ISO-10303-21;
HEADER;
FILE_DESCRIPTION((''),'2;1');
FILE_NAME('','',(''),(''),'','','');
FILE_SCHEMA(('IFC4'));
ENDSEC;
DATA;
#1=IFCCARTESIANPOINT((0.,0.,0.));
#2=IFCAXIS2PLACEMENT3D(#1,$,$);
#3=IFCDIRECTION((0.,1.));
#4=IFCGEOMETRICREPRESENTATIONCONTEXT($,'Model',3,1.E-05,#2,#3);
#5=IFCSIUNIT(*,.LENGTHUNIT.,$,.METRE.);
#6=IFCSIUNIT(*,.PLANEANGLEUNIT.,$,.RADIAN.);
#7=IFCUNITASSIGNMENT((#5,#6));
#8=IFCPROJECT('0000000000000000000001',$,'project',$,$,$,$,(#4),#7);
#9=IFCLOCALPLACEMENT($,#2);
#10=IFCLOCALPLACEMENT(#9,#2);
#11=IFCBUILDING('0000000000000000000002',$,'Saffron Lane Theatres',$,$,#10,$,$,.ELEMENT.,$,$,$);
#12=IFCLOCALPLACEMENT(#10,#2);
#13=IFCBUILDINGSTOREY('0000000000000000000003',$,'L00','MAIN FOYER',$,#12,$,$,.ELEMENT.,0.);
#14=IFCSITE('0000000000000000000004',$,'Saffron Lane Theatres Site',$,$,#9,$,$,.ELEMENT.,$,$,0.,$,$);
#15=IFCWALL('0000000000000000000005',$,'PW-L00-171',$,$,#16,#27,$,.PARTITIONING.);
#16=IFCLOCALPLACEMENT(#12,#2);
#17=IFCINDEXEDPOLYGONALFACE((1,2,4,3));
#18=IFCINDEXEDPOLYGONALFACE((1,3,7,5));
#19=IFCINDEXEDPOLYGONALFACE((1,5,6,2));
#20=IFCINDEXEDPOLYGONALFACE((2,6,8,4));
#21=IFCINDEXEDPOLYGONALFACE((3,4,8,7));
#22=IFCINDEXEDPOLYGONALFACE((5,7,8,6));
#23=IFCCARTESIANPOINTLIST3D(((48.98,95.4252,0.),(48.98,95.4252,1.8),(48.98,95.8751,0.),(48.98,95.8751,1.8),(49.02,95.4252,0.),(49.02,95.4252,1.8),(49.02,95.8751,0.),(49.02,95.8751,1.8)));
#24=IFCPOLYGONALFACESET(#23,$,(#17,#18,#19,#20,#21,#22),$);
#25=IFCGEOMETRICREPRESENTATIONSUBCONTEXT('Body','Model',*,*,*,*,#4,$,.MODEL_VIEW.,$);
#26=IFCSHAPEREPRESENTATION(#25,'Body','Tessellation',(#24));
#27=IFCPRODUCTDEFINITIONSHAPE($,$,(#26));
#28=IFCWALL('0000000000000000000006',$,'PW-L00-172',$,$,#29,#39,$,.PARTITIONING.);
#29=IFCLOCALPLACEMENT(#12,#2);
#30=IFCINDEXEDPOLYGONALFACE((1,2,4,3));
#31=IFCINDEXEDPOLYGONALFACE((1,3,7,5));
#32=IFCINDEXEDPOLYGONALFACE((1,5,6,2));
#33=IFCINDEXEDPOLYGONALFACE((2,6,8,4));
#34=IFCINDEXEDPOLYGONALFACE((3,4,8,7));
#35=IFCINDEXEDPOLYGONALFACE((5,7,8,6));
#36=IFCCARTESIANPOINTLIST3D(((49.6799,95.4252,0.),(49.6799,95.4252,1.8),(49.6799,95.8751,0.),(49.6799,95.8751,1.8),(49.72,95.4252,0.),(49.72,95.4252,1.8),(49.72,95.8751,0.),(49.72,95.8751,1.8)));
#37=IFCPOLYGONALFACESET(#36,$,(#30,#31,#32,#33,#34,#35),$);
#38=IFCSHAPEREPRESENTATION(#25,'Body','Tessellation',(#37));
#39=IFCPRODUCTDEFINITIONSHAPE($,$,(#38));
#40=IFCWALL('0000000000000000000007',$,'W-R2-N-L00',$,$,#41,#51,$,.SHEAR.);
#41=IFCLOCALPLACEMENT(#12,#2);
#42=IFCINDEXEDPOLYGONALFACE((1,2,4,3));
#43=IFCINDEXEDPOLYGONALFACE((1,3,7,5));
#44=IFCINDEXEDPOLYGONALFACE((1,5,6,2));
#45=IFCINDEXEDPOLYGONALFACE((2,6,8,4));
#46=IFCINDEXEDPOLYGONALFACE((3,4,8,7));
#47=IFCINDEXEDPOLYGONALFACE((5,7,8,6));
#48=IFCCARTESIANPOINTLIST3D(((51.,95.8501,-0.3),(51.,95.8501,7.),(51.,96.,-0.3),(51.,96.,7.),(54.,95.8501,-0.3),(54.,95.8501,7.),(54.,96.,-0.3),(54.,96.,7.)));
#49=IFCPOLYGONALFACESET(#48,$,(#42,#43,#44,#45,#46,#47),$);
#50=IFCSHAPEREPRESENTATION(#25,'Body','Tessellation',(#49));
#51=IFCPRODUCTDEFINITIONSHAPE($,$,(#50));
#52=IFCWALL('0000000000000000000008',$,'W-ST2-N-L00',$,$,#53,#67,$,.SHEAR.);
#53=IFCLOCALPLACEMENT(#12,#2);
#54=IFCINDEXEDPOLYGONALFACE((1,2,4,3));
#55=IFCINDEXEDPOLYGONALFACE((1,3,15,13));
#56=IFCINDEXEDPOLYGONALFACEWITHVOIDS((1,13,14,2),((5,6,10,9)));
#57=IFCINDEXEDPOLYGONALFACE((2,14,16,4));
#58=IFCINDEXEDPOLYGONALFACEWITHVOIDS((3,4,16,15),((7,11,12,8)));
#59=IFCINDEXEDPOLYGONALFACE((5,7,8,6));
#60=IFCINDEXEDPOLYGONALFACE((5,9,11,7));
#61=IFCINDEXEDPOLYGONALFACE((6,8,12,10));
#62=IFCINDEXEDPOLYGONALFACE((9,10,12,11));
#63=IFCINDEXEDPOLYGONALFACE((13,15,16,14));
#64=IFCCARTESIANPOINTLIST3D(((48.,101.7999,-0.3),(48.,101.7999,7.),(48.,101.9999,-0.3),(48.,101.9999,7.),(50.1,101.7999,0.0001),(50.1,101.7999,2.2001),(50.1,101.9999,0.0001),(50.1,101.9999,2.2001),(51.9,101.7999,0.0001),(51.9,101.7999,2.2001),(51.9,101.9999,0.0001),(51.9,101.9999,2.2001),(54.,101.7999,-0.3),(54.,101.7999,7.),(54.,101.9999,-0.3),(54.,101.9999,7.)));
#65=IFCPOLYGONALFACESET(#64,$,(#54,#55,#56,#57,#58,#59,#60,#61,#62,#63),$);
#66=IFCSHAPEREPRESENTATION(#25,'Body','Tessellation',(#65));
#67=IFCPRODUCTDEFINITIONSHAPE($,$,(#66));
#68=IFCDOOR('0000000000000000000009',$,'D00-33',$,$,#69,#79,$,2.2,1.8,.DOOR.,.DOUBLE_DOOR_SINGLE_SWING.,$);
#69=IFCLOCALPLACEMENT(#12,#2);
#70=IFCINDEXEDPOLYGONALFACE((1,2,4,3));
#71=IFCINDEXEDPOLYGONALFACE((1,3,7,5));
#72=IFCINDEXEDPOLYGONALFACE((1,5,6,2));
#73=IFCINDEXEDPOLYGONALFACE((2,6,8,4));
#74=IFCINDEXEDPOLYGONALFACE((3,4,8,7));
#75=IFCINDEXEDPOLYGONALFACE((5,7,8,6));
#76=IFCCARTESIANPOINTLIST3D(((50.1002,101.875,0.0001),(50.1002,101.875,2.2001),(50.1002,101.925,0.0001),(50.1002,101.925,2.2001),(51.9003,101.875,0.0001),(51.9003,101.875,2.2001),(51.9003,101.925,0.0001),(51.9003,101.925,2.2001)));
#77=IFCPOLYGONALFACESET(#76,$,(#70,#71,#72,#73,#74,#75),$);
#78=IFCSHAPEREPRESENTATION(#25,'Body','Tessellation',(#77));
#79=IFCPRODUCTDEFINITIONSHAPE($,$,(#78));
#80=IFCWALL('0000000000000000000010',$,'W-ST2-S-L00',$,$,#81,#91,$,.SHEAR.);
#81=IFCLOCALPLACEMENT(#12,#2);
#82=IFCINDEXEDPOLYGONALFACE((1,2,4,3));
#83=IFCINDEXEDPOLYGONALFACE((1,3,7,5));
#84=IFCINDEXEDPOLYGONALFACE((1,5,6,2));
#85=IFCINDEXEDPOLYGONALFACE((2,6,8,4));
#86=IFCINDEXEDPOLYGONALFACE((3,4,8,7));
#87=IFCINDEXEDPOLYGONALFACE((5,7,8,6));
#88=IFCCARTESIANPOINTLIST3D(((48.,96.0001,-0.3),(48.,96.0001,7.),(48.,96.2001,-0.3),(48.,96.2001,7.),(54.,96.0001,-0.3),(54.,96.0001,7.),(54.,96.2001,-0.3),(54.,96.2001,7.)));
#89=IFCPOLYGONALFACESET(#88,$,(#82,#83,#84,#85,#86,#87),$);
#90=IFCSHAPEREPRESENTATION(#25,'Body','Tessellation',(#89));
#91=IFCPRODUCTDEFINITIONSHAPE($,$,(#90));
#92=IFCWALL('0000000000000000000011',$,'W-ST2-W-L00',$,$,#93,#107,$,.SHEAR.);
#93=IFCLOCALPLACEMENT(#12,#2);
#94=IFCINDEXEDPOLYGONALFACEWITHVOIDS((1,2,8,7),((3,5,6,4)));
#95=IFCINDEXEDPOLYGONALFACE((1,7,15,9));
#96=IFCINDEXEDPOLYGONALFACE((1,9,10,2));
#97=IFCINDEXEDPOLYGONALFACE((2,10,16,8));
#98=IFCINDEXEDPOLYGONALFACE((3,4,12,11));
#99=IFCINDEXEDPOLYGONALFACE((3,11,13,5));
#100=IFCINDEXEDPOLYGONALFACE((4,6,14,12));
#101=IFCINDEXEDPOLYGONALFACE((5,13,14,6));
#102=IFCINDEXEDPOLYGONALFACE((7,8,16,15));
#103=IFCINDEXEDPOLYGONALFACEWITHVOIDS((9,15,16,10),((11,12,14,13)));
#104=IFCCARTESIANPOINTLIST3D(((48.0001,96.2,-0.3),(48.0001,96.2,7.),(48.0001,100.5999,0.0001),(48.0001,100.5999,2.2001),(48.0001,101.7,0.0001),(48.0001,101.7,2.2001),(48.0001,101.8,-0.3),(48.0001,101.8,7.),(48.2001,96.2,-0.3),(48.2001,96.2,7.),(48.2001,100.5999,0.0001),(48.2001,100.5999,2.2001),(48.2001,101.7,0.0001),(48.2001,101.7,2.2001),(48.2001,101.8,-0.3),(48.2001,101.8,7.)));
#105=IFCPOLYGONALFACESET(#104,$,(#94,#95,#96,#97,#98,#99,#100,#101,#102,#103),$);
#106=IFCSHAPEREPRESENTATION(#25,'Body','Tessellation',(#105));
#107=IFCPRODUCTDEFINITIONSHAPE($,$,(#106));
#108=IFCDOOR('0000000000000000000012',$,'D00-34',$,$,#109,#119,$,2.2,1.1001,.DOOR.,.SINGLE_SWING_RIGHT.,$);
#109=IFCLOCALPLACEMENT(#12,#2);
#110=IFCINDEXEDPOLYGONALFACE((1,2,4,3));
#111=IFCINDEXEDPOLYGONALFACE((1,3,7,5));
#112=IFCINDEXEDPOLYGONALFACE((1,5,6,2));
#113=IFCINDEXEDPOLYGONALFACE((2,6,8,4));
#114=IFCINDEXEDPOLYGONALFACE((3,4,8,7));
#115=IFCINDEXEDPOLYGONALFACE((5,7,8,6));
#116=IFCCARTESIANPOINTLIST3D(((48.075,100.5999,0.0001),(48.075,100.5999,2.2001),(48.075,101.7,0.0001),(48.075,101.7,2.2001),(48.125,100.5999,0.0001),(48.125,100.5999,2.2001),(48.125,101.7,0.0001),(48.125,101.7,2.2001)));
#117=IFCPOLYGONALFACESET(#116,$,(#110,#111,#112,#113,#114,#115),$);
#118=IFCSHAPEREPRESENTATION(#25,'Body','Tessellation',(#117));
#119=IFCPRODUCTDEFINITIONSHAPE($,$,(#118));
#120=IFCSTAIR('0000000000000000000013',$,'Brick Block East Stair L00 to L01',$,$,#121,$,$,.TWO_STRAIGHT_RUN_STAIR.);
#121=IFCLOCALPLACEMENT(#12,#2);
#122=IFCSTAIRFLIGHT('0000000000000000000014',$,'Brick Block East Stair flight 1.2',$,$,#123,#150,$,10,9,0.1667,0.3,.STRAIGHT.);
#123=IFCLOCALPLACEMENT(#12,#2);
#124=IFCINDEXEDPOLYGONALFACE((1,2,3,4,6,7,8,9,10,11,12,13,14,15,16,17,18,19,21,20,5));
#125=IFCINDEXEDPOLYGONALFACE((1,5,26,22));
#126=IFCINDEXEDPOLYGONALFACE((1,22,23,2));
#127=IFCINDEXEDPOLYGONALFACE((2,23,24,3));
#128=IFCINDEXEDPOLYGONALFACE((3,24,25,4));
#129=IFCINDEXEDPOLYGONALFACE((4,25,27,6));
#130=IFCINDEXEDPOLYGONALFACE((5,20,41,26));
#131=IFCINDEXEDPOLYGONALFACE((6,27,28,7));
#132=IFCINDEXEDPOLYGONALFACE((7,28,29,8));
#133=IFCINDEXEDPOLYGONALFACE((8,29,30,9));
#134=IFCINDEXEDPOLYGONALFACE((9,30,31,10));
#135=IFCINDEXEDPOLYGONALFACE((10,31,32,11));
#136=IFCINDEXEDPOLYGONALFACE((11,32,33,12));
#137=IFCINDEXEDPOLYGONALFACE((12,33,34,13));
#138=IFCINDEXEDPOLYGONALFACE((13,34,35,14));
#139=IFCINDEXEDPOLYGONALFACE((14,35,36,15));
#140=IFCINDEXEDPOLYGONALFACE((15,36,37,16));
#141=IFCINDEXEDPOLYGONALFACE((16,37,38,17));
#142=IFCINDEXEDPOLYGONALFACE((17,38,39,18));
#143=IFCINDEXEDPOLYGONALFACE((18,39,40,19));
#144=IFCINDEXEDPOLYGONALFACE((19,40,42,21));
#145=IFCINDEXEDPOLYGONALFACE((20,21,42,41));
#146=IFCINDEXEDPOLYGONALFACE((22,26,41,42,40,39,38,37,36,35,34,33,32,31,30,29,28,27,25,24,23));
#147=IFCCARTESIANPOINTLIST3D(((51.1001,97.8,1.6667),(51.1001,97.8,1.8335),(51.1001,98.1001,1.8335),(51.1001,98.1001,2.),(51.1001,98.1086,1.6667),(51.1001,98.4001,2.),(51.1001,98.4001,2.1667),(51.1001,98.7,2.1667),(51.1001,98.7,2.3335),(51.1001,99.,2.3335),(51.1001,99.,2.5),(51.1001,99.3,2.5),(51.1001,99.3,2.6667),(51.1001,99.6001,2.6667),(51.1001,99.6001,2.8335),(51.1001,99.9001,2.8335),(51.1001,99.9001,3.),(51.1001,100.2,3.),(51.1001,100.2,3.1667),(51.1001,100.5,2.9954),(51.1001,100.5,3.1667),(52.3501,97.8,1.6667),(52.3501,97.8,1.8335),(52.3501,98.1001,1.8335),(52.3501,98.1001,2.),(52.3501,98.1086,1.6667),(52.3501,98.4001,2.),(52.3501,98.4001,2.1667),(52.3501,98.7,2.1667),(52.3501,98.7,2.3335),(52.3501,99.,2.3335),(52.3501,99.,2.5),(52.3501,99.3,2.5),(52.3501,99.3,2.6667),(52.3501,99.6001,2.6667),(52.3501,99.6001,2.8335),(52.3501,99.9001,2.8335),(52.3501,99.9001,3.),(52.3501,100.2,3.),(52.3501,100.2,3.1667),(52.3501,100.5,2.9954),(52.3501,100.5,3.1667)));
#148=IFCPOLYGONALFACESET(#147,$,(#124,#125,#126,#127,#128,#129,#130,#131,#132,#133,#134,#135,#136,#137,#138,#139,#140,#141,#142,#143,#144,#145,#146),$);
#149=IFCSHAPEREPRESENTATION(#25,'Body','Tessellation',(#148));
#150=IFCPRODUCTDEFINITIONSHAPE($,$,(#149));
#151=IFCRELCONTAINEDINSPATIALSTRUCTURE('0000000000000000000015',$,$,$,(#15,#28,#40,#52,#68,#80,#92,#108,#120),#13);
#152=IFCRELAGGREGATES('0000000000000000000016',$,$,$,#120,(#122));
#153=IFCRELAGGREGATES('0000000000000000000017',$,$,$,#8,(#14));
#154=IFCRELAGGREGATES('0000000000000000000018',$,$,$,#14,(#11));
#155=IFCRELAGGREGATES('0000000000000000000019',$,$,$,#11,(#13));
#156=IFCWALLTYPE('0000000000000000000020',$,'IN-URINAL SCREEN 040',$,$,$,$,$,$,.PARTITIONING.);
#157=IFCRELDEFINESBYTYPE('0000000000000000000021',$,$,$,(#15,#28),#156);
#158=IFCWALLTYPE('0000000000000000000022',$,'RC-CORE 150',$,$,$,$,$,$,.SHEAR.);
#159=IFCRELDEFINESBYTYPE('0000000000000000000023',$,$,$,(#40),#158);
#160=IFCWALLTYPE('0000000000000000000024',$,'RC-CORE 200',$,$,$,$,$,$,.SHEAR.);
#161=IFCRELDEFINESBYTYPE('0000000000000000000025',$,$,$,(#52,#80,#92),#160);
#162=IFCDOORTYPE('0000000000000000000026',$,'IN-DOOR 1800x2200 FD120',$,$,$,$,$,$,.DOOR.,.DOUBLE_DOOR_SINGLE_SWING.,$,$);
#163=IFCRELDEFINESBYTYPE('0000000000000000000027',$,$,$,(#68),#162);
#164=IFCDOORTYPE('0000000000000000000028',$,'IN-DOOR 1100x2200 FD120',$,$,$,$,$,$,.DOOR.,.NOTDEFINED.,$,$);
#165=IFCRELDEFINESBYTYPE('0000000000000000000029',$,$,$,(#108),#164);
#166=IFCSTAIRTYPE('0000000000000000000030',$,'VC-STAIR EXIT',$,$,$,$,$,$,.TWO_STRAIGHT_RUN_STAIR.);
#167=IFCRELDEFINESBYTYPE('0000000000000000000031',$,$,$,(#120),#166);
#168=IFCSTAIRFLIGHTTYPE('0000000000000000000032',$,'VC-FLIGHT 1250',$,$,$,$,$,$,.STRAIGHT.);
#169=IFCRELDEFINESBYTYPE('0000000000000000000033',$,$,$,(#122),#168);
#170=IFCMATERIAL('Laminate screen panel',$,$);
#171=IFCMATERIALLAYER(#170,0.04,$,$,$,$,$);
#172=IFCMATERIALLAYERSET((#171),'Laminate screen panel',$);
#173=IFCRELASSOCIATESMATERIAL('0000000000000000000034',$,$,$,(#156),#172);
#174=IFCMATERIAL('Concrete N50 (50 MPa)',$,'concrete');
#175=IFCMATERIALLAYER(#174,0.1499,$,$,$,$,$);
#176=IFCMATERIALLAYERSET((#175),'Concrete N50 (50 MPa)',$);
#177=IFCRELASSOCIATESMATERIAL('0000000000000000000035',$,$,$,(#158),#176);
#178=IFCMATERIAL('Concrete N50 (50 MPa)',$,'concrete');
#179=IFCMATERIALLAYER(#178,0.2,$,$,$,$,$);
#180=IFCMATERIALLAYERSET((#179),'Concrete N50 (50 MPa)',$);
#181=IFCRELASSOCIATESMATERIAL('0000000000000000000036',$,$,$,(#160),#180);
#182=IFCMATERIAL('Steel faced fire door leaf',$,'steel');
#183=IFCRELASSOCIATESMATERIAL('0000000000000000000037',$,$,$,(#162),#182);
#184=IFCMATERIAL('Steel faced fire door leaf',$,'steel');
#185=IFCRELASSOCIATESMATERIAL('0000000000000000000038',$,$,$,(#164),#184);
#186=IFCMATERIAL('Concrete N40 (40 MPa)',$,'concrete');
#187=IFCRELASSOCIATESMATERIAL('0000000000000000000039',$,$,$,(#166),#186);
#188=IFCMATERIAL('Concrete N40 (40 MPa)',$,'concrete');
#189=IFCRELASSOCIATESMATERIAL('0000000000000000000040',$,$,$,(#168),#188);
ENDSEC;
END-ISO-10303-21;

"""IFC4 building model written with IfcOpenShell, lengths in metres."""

from ifc_helpers import new_model, si_unit, direction, frame, frame_2d, origin, place, context, subcontext, project, spatial, polyline, rectangle, outline, extrude, material, layer, layer_set, type_object, element, fill, aggregate, save


model = new_model("IFC4")

# Units and contexts
model_context = context("Model", 3, precision=1e-05, world=origin(), true_north=direction((0.0, 1.0)))
body_context = subcontext(model_context, "Body", "Model", "MODEL_VIEW")
ifc_project = project(units=[si_unit("LENGTHUNIT", "METRE"), si_unit("PLANEANGLEUNIT", "RADIAN")], contexts=[model_context])

# Site, building, storey
site_placement = place(None, origin())
site = spatial("IfcSite", under=ifc_project, at=site_placement, Name="Saffron Lane Theatres Site", CompositionType="ELEMENT", RefElevation=0.0)
building_placement = place(site_placement, origin())
building = spatial("IfcBuilding", under=site, at=building_placement, Name="Saffron Lane Theatres", CompositionType="ELEMENT")
storey_placement = place(building_placement, origin())
storey = spatial("IfcBuildingStorey", under=building, at=storey_placement, Name="L00", Description="MAIN FOYER", CompositionType="ELEMENT", Elevation=0.0)

# Walls
ifc_material_1 = material(Name="Laminate screen panel")
ifc_layer_1 = layer(ifc_material_1, 0.04)
ifc_layer_set_1 = layer_set([ifc_layer_1], Name="Laminate screen panel")
wall_type_1 = type_object("IfcWallType", Name="IN-URINAL SCREEN 040", PredefinedType="PARTITIONING", material=ifc_layer_set_1)
for number, where, z_axis, x_axis, name in (
    (1, (49.0, 95.425, 0.0), (0.0, 0.0, 1.0), (0.0, 1.0, 0.0), "PW-L00-171"),
    (2, (49.7, 95.425, 0.0), (0.0, 0.0, 1.0), (0.0, 1.0, 0.0), "PW-L00-172"),
):
    element("IfcWall", number, at=place(storey_placement, frame(where, z_axis=z_axis, x_axis=x_axis)), inside=storey, type_object=wall_type_1, Name=name, PredefinedType="PARTITIONING", context=body_context, shape_type="SweptSolid", body=[
        extrude(rectangle(XDim=0.45, YDim=0.04, at=frame_2d((0.2251, 0.0))), origin(), (0.0, 0.0, 1.0), 1.8),
    ])
ifc_material_2 = material(Name="Concrete N50 (50 MPa)", Category="concrete")
ifc_layer_2 = layer(ifc_material_2, 0.1499)
ifc_layer_set_2 = layer_set([ifc_layer_2], Name="Concrete N50 (50 MPa)")
wall_type_2 = type_object("IfcWallType", Name="RC-CORE 150", PredefinedType="SHEAR", material=ifc_layer_set_2)
wall_1_placement = place(storey_placement, frame((51.0, 95.925, -0.3), z_axis=(0.0, 0.0, 1.0), x_axis=(1.0, 0.0, 0.0)))
element("IfcWall", 3, at=wall_1_placement, inside=storey, type_object=wall_type_2, Name="W-R2-N-L00", PredefinedType="SHEAR", context=body_context, shape_type="SweptSolid", body=[
    extrude(rectangle(XDim=3.0, YDim=0.1499, at=frame_2d((1.5, 0.0))), origin(), (0.0, 0.0, 1.0), 7.3),
])

# Wall, opening, door
ifc_material_3 = material(Name="Concrete N50 (50 MPa)", Category="concrete")
ifc_layer_3 = layer(ifc_material_3, 0.2)
ifc_layer_set_3 = layer_set([ifc_layer_3], Name="Concrete N50 (50 MPa)")
wall_type_3 = type_object("IfcWallType", Name="RC-CORE 200", PredefinedType="SHEAR", material=ifc_layer_set_3)
wall_2_placement = place(storey_placement, frame((48.0, 101.8999, -0.3), z_axis=(0.0, 0.0, 1.0), x_axis=(1.0, 0.0, 0.0)))
wall_2 = element("IfcWall", 4, at=wall_2_placement, inside=storey, type_object=wall_type_3, Name="W-ST2-N-L00", PredefinedType="SHEAR", context=body_context, shape_type="SweptSolid", body=[
    extrude(rectangle(XDim=6.0, YDim=0.2, at=frame_2d((3.0, 0.0))), origin(), (0.0, 0.0, 1.0), 7.3),
])
opening_1_placement = place(wall_2_placement, frame((2.1001, 0.0, 0.3)))
opening_1 = element("IfcOpeningElement", 5, at=opening_1_placement, cuts=wall_2, PredefinedType="OPENING", context=body_context, shape_type="SweptSolid", body=[
    extrude(rectangle(XDim=1.8, YDim=2.2, at=frame_2d((0.8999, 1.1001))), frame((0.0, 0.1099, 0.0), z_axis=(0.0, -1.0, 0.0), x_axis=(1.0, 0.0, 0.0)), (0.0, 0.0, 1.0), 0.22),
])
ifc_material_4 = material(Name="Steel faced fire door leaf", Category="steel")
door_type_1 = type_object("IfcDoorType", Name="IN-DOOR 1800x2200 FD120", OperationType="DOUBLE_DOOR_SINGLE_SWING", PredefinedType="DOOR", material=ifc_material_4)
door_1_placement = place(opening_1_placement, frame((1.8, 0.0, 0.0), z_axis=(0.0, 0.0, 1.0), x_axis=(-1.0, 0.0, 0.0)))
door_1 = element("IfcDoor", 6, at=door_1_placement, inside=storey, type_object=door_type_1, Name="D00-33", OperationType="DOUBLE_DOOR_SINGLE_SWING", OverallHeight=2.2, OverallWidth=1.8, PredefinedType="DOOR", context=body_context, shape_type="SweptSolid", body=[
    extrude(rectangle(XDim=1.8, YDim=2.2, at=frame_2d((0.8999, 1.1001))), frame((0.0, 0.0249, 0.0), z_axis=(0.0, -1.0, 0.0), x_axis=(1.0, 0.0, 0.0)), (0.0, 0.0, 1.0), 0.05),
])
fill(opening_1, door_1)

# Wall
wall_3_placement = place(storey_placement, frame((48.0, 96.1001, -0.3), z_axis=(0.0, 0.0, 1.0), x_axis=(1.0, 0.0, 0.0)))
element("IfcWall", 7, at=wall_3_placement, inside=storey, type_object=wall_type_3, Name="W-ST2-S-L00", PredefinedType="SHEAR", context=body_context, shape_type="SweptSolid", body=[
    extrude(rectangle(XDim=6.0, YDim=0.2, at=frame_2d((3.0, 0.0))), origin(), (0.0, 0.0, 1.0), 7.3),
])

# Wall, opening, door
wall_4_placement = place(storey_placement, frame((48.1001, 96.2, -0.3), z_axis=(0.0, 0.0, 1.0), x_axis=(0.0, 1.0, 0.0)))
wall_4 = element("IfcWall", 8, at=wall_4_placement, inside=storey, type_object=wall_type_3, Name="W-ST2-W-L00", PredefinedType="SHEAR", context=body_context, shape_type="SweptSolid", body=[
    extrude(rectangle(XDim=5.6001, YDim=0.2, at=frame_2d((2.8, 0.0))), origin(), (0.0, 0.0, 1.0), 7.3),
])
opening_2_placement = place(wall_4_placement, frame((4.3999, 0.0, 0.3)))
opening_2 = element("IfcOpeningElement", 9, at=opening_2_placement, cuts=wall_4, PredefinedType="OPENING", context=body_context, shape_type="SweptSolid", body=[
    extrude(rectangle(XDim=1.1001, YDim=2.2, at=frame_2d((0.55, 1.1001))), frame((0.0, 0.1099, 0.0), z_axis=(0.0, -1.0, 0.0), x_axis=(1.0, 0.0, 0.0)), (0.0, 0.0, 1.0), 0.22),
])
ifc_material_5 = material(Name="Steel faced fire door leaf", Category="steel")
door_type_2 = type_object("IfcDoorType", Name="IN-DOOR 1100x2200 FD120", OperationType="NOTDEFINED", PredefinedType="DOOR", material=ifc_material_5)
door_2_placement = place(opening_2_placement, frame((1.1001, 0.0, 0.0), z_axis=(0.0, 0.0, 1.0), x_axis=(-1.0, 0.0, 0.0)))
door_2 = element("IfcDoor", 10, at=door_2_placement, inside=storey, type_object=door_type_2, Name="D00-34", OperationType="SINGLE_SWING_RIGHT", OverallHeight=2.2, OverallWidth=1.1001, PredefinedType="DOOR", context=body_context, shape_type="SweptSolid", body=[
    extrude(rectangle(XDim=1.1001, YDim=2.2, at=frame_2d((0.55, 1.1001))), frame((0.0, 0.0249, 0.0), z_axis=(0.0, -1.0, 0.0), x_axis=(1.0, 0.0, 0.0)), (0.0, 0.0, 1.0), 0.05),
])
fill(opening_2, door_2)

# Stair, stair flight
ifc_material_6 = material(Name="Concrete N40 (40 MPa)", Category="concrete")
stair_type = type_object("IfcStairType", Name="VC-STAIR EXIT", PredefinedType="TWO_STRAIGHT_RUN_STAIR", material=ifc_material_6)
stair_placement = place(storey_placement, origin())
stair = element("IfcStair", 11, at=stair_placement, inside=storey, type_object=stair_type, Name="Brick Block East Stair L00 to L01", PredefinedType="TWO_STRAIGHT_RUN_STAIR")
ifc_material_7 = material(Name="Concrete N40 (40 MPa)", Category="concrete")
stair_flight_type = type_object("IfcStairFlightType", Name="VC-FLIGHT 1250", PredefinedType="STRAIGHT", material=ifc_material_7)
stair_flight_1_placement = place(storey_placement, frame((51.7251, 97.8, 1.6667), z_axis=(0.0, 0.0, 1.0), x_axis=(0.0, 1.0, 0.0)))
stair_flight_1 = element("IfcStairFlight", 12, at=stair_flight_1_placement, type_object=stair_flight_type, Name="Brick Block East Stair flight 1.2", NumberOfRisers=10, NumberOfTreads=9, PredefinedType="STRAIGHT", RiserHeight=0.1667, TreadLength=0.3, context=body_context, shape_type="SweptSolid", body=[
    extrude(outline(polyline([(0.0, 0.0), (0.0, 0.1667), (0.3, 0.1667), (0.3, 0.3333), (0.6001, 0.3333), (0.6001, 0.5), (0.8999, 0.5), (0.8999, 0.6667), (1.2, 0.6667), (1.2, 0.8333), (1.5, 0.8333), (1.5, 1.0), (1.8, 1.0), (1.8, 1.1667), (2.1001, 1.1667), (2.1001, 1.3333), (2.3999, 1.3333), (2.3999, 1.5), (2.7, 1.5), (2.7, 1.6667), (2.7, 1.3286), (0.3086, 0.0), (0.0, 0.0)])), frame((0.0, 0.625, 0.0), z_axis=(0.0, -1.0, 0.0), x_axis=(1.0, 0.0, 0.0)), (0.0, 0.0, 1.0), 1.25),
])
aggregate(stair, [stair_flight_1])

save(model, "model.ifc")
